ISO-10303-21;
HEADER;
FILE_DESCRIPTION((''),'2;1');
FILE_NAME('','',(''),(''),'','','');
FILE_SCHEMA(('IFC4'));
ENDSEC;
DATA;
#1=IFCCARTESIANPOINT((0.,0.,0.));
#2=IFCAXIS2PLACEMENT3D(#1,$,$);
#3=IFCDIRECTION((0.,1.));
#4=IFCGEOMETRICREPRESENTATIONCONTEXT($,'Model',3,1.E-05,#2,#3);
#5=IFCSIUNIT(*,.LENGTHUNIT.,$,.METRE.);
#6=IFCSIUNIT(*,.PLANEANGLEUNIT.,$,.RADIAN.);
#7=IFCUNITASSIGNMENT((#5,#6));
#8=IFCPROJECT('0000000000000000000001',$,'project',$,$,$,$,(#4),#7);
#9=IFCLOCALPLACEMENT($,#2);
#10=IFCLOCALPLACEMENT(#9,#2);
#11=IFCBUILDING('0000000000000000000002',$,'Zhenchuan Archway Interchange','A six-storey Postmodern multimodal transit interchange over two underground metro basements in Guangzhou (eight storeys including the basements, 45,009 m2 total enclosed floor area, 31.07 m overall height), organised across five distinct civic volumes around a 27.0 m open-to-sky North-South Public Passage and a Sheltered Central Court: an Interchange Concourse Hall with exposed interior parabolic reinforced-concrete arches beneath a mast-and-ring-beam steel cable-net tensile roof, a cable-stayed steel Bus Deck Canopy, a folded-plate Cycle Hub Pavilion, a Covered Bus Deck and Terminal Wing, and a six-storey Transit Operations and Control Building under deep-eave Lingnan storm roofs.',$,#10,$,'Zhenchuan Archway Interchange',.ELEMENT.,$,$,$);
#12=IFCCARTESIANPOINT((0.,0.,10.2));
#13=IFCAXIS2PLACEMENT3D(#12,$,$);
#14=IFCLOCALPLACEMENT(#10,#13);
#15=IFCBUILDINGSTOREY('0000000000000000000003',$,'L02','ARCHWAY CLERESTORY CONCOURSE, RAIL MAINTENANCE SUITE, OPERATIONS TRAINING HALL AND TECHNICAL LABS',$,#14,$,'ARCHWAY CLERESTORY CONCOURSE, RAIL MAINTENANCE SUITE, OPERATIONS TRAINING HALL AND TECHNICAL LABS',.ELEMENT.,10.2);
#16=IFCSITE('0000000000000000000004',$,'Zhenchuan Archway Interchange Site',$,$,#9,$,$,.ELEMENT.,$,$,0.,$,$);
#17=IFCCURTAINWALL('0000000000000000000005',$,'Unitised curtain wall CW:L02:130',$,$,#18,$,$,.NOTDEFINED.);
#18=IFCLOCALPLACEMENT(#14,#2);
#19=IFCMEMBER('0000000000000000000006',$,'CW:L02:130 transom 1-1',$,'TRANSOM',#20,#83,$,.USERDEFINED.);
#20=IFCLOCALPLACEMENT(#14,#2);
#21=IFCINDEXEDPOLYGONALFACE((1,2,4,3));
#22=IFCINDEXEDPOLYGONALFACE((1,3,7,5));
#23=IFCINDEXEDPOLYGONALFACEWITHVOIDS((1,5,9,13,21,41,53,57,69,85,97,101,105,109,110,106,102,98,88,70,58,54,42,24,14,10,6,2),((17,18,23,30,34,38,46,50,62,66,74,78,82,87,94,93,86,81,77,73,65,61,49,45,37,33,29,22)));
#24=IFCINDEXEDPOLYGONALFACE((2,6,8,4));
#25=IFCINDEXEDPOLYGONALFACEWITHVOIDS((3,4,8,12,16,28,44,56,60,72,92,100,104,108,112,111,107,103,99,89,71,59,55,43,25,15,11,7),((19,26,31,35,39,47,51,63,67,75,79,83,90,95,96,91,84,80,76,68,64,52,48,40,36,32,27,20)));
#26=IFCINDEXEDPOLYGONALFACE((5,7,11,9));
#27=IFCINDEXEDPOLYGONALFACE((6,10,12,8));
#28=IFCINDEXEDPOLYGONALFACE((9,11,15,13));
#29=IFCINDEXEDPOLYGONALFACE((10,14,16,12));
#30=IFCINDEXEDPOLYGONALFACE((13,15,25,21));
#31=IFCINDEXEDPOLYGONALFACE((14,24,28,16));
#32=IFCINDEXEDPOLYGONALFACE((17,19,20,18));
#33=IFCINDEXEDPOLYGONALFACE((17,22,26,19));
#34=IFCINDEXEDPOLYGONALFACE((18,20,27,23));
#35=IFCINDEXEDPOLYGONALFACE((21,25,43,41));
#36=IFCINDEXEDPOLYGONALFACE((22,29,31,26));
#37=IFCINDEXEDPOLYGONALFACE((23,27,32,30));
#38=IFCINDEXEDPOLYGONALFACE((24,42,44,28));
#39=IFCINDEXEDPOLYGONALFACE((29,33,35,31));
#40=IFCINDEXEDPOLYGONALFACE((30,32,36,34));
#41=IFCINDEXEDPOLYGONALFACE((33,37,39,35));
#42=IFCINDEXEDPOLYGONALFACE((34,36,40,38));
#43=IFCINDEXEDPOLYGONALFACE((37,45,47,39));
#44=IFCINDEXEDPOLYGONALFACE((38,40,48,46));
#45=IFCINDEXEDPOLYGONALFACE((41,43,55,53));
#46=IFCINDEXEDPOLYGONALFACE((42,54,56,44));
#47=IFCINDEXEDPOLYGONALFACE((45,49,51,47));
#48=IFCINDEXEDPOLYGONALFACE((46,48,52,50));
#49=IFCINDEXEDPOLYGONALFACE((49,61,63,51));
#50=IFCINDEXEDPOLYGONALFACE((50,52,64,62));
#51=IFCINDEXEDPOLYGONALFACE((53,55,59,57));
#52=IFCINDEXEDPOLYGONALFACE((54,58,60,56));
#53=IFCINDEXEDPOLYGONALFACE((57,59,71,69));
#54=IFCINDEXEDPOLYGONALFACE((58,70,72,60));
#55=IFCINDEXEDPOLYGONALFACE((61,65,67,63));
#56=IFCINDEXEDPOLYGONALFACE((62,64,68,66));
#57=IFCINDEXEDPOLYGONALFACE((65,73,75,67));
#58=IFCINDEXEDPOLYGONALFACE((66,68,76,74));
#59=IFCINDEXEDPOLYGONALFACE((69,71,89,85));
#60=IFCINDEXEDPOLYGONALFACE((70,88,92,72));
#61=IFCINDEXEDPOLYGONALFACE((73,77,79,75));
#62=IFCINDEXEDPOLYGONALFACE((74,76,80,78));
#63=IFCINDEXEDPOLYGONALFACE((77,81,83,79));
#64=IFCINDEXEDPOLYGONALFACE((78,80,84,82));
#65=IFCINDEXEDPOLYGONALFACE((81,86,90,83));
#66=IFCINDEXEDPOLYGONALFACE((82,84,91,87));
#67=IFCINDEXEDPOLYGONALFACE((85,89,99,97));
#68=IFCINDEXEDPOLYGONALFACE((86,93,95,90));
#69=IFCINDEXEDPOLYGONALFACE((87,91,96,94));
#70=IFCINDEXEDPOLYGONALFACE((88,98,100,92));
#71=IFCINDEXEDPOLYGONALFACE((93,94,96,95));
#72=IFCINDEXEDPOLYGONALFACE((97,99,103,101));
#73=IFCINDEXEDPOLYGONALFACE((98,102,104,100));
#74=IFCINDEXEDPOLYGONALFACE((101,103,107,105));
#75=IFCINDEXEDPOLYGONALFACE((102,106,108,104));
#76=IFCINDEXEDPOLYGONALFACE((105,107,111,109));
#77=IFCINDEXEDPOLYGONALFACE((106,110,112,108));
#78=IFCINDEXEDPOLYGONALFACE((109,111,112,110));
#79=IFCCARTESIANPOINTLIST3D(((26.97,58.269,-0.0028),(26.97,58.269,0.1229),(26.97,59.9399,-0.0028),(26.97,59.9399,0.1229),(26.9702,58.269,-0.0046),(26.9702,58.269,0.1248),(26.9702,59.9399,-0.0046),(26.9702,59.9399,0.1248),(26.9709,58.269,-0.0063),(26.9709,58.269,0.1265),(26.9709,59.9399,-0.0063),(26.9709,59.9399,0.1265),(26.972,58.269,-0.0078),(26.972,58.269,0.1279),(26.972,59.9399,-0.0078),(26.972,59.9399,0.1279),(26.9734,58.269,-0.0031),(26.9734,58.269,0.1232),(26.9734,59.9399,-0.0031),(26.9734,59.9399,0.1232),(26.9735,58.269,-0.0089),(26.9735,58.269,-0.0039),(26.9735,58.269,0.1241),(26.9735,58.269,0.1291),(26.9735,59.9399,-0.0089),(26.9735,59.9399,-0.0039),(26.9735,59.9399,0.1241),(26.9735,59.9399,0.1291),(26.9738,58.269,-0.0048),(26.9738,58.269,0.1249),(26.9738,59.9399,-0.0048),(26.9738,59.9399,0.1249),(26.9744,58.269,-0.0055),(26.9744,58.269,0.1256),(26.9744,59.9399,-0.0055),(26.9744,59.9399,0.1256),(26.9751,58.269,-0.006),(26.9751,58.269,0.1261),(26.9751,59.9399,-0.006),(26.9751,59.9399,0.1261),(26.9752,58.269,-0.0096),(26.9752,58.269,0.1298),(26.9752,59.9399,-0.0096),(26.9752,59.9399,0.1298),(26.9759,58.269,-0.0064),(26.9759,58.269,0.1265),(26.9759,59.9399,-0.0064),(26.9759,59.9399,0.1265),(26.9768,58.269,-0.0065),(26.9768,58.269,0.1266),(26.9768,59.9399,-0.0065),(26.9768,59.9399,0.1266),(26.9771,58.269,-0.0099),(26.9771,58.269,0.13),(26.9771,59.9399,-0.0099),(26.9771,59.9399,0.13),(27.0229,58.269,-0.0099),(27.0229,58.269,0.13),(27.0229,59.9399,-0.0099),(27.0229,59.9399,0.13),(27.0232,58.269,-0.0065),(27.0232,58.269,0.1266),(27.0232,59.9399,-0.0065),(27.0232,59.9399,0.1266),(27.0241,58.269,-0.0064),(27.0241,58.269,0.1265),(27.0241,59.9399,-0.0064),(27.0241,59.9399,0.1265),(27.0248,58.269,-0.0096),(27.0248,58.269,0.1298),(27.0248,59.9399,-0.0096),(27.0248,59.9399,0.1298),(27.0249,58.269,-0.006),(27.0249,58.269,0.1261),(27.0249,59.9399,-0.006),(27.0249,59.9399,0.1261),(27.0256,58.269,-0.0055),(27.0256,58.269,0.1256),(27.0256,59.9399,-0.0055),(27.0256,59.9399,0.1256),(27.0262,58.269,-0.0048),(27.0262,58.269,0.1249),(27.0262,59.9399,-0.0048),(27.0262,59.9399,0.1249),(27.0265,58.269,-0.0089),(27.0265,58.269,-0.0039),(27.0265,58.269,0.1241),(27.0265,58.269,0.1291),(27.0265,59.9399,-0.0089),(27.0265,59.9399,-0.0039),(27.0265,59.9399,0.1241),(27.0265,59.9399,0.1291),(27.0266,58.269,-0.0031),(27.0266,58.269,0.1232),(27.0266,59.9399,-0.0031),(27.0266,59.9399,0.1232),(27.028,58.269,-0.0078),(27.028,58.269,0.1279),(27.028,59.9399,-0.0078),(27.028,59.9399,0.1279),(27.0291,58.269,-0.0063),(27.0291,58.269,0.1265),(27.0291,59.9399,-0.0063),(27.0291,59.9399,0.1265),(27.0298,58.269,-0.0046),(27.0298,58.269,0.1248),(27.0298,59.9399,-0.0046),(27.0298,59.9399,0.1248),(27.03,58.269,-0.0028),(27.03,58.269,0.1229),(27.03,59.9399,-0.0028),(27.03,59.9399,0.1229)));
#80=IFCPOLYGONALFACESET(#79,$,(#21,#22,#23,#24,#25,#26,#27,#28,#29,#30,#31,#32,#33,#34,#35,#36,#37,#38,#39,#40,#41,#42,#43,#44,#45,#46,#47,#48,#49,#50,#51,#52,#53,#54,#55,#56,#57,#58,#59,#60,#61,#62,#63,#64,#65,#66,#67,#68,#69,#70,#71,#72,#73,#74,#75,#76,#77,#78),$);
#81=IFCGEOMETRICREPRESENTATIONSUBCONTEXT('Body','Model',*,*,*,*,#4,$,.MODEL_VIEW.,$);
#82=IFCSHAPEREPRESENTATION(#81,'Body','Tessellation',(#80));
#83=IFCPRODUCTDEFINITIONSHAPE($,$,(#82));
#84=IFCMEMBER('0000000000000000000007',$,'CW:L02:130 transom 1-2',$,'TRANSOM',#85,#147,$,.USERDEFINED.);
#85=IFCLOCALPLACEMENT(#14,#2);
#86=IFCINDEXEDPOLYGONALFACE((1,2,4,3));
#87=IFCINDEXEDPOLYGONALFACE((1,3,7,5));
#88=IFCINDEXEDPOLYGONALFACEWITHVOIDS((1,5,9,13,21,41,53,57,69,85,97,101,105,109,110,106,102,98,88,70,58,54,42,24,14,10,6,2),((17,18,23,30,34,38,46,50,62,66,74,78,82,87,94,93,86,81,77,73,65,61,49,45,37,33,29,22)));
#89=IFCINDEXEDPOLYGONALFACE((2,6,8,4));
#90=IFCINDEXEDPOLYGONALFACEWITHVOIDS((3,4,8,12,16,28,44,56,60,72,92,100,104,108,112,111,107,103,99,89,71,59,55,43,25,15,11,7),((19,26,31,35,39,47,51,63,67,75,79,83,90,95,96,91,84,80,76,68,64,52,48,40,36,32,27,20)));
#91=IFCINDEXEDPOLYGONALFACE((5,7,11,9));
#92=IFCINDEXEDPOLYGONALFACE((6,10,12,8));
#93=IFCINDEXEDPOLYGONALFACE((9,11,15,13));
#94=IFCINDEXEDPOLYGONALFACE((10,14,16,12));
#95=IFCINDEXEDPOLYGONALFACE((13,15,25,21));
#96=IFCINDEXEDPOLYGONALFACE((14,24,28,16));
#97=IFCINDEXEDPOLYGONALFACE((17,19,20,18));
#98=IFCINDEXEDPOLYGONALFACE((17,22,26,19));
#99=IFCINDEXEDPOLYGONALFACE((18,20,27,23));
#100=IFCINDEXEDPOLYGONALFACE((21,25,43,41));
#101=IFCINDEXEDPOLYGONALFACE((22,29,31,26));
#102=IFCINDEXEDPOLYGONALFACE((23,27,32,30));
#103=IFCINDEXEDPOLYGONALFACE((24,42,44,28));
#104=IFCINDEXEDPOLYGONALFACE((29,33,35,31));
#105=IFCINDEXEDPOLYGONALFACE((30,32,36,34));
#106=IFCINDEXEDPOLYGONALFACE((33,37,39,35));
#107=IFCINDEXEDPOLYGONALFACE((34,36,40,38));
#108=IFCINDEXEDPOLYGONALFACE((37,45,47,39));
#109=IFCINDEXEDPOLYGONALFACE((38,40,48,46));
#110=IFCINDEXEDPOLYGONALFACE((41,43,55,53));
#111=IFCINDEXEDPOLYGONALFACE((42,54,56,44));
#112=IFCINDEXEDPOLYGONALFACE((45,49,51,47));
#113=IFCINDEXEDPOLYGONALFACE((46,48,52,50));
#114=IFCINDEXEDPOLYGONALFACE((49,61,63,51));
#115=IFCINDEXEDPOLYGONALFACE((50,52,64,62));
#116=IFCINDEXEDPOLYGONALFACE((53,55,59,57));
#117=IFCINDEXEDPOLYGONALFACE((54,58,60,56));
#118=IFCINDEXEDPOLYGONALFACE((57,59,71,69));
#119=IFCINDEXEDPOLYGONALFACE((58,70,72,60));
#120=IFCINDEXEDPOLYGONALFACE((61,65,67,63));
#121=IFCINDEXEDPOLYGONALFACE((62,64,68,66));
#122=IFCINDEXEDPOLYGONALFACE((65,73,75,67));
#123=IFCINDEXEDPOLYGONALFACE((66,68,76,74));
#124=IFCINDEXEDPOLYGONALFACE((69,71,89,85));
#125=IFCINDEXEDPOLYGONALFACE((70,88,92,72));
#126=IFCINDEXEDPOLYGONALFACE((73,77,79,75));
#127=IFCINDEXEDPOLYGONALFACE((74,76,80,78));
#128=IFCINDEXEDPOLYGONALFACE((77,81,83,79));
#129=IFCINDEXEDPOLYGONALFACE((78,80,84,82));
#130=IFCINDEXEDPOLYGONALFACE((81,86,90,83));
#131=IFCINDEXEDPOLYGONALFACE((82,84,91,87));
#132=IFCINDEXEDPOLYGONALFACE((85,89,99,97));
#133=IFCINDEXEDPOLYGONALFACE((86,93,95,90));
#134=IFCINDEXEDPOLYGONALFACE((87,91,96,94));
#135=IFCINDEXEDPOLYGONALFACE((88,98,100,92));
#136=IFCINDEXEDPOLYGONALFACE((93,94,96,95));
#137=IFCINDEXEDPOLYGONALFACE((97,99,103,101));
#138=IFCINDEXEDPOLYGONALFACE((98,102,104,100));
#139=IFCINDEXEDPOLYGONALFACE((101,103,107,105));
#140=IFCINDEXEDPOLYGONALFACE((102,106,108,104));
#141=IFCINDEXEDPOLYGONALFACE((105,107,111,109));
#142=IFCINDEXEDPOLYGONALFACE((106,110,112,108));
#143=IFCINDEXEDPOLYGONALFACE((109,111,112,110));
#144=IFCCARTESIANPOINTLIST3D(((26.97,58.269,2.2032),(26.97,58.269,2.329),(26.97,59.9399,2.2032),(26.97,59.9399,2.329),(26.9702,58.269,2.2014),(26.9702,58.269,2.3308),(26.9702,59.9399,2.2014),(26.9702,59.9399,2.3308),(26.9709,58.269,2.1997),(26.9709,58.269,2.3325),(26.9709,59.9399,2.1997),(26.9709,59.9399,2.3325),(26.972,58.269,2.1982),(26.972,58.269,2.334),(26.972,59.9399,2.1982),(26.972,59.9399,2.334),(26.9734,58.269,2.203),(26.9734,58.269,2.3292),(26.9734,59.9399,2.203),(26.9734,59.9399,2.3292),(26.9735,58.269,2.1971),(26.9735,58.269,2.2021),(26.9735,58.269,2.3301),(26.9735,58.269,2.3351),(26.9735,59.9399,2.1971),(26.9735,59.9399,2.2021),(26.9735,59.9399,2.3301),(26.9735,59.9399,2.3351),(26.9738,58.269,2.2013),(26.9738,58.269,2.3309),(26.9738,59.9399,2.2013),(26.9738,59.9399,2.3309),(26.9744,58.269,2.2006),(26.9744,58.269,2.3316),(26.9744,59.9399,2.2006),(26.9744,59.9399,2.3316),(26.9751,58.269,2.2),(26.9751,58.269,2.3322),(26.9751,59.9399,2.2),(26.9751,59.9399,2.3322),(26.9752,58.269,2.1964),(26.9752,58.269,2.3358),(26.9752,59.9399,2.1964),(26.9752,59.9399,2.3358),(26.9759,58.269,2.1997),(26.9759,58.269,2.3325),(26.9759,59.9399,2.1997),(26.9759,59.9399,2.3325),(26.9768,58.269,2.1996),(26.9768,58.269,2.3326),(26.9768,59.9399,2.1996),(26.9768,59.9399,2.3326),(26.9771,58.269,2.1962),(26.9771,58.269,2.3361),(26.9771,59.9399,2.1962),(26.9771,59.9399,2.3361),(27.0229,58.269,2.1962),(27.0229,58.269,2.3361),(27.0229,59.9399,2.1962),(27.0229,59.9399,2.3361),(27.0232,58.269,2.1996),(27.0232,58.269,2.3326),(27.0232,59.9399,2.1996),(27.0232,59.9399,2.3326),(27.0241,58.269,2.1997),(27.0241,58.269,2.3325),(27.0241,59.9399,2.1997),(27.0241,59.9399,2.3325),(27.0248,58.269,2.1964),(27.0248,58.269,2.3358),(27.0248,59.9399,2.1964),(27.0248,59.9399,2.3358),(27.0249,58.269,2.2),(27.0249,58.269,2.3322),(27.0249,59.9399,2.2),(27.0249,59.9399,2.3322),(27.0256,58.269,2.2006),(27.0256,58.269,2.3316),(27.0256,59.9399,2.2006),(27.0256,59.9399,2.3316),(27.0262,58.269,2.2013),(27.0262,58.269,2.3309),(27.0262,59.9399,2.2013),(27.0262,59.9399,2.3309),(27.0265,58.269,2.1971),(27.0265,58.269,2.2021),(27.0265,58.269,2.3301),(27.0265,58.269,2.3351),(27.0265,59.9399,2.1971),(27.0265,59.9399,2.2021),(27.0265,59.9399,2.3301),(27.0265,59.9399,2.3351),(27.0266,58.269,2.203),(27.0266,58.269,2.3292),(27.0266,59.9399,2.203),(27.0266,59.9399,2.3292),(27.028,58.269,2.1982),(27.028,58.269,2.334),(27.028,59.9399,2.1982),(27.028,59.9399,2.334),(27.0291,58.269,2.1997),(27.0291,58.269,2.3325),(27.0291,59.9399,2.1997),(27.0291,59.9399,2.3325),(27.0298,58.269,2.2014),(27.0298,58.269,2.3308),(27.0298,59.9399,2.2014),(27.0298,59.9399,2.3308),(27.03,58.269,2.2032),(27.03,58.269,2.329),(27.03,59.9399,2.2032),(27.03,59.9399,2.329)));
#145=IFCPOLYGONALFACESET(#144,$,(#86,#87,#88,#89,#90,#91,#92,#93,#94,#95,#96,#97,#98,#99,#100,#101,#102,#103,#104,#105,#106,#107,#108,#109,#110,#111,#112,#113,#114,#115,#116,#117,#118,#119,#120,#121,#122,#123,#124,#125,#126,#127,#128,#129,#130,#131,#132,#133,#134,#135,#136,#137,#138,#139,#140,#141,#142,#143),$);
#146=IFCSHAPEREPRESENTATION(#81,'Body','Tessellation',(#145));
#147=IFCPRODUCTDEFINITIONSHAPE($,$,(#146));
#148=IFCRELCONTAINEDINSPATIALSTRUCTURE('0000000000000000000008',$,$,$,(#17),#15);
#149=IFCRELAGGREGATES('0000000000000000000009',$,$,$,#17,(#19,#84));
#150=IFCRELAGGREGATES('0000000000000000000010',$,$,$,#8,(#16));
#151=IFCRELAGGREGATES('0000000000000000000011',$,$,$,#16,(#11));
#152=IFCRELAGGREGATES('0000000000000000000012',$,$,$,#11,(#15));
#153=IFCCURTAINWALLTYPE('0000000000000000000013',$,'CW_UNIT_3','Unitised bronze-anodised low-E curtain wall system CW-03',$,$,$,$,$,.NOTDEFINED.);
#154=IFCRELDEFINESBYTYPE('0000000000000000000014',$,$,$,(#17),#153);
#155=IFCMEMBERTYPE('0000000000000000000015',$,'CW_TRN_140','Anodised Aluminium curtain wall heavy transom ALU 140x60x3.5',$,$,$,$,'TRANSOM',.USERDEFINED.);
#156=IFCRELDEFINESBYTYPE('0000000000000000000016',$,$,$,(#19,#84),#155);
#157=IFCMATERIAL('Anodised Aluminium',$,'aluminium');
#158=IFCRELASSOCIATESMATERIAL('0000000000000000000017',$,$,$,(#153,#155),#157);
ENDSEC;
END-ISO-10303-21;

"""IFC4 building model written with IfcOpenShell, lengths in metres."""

from ifc_helpers import new_model, si_unit, direction, frame, origin, origin_2d, place, context, subcontext, project, spatial, hollow_rectangle, extrude, material, material_profile, profile_set, type_object, element, aggregate, save


model = new_model("IFC4")

# Units and contexts
model_context = context("Model", 3, precision=1e-05, world=origin(), true_north=direction((0.0, 1.0)))
body_context = subcontext(model_context, "Body", "Model", "MODEL_VIEW")
ifc_project = project(units=[si_unit("LENGTHUNIT", "METRE"), si_unit("PLANEANGLEUNIT", "RADIAN")], contexts=[model_context])

# Site, building, storey
site_placement = place(None, origin())
site = spatial("IfcSite", under=ifc_project, at=site_placement, Name="Zhenchuan Archway Interchange Site", CompositionType="ELEMENT", RefElevation=0.0)
building_placement = place(site_placement, origin())
building = spatial("IfcBuilding", under=site, at=building_placement, Name="Zhenchuan Archway Interchange", Description="A six-storey Postmodern multimodal transit interchange over two underground metro basements in Guangzhou (eight storeys including the basements, 45,009 m2 total enclosed floor area, 31.07 m overall height), organised across five distinct civic volumes around a 27.0 m open-to-sky North-South Public Passage and a Sheltered Central Court: an Interchange Concourse Hall with exposed interior parabolic reinforced-concrete arches beneath a mast-and-ring-beam steel cable-net tensile roof, a cable-stayed steel Bus Deck Canopy, a folded-plate Cycle Hub Pavilion, a Covered Bus Deck and Terminal Wing, and a six-storey Transit Operations and Control Building under deep-eave Lingnan storm roofs.", LongName="Zhenchuan Archway Interchange", CompositionType="ELEMENT")
storey_placement = place(building_placement, frame((0.0, 0.0, 10.2)))
storey = spatial("IfcBuildingStorey", under=building, at=storey_placement, Name="L02", Description="ARCHWAY CLERESTORY CONCOURSE, RAIL MAINTENANCE SUITE, OPERATIONS TRAINING HALL AND TECHNICAL LABS", LongName="ARCHWAY CLERESTORY CONCOURSE, RAIL MAINTENANCE SUITE, OPERATIONS TRAINING HALL AND TECHNICAL LABS", CompositionType="ELEMENT", Elevation=10.2)

# Shared definitions
ifc_material_1 = material(Name="Anodised Aluminium", Category="aluminium")

# Curtain wall
curtain_wall_type_1 = type_object("IfcCurtainWallType", Name="CW_UNIT_3", Description="Unitised bronze-anodised low-E curtain wall system CW-03", PredefinedType="NOTDEFINED", material=ifc_material_1)
curtain_wall_1_placement = place(storey_placement, origin())
curtain_wall_1 = element("IfcCurtainWall", 1, at=curtain_wall_1_placement, inside=storey, type_object=curtain_wall_type_1, Name="Unitised curtain wall CW:L02:130", PredefinedType="NOTDEFINED")

# Members
ifc_material_profile_1 = material_profile(ifc_material_1, hollow_rectangle(XDim=0.0601, YDim=0.1399, WallThickness=0.0034, InnerFilletRadius=0.0034, OuterFilletRadius=0.0071, at=origin_2d()), Name="ALU 140x60x3.5")
ifc_profile_set_1 = profile_set([ifc_material_profile_1], Name="Anodised Aluminium")
member_type_1 = type_object("IfcMemberType", Name="CW_TRN_140", Description="Anodised Aluminium curtain wall heavy transom ALU 140x60x3.5", ElementType="TRANSOM", PredefinedType="USERDEFINED", material=ifc_profile_set_1)
member_1_placement = place(storey_placement, frame((27.0, 58.269, 0.0601), z_axis=(0.0, 1.0, 0.0), x_axis=(-1.0, 0.0, 0.0)))
member_1 = element("IfcMember", 2, at=member_1_placement, type_object=member_type_1, Name="CW:L02:130 transom 1-1", ObjectType="TRANSOM", PredefinedType="USERDEFINED", context=body_context, shape_type="SweptSolid", body=[
    extrude(hollow_rectangle(XDim=0.0601, YDim=0.1399, WallThickness=0.0034, InnerFilletRadius=0.0034, OuterFilletRadius=0.0071, at=origin_2d()), origin(), (0.0, 0.0, 1.0), 1.6709),
])
member_2_placement = place(storey_placement, frame((27.0, 58.269, 2.2661), z_axis=(0.0, 1.0, 0.0), x_axis=(-1.0, 0.0, 0.0)))
member_2 = element("IfcMember", 3, at=member_2_placement, type_object=member_type_1, Name="CW:L02:130 transom 1-2", ObjectType="TRANSOM", PredefinedType="USERDEFINED", context=body_context, shape_type="SweptSolid", body=[
    extrude(hollow_rectangle(XDim=0.0601, YDim=0.1399, WallThickness=0.0034, InnerFilletRadius=0.0034, OuterFilletRadius=0.0071, at=origin_2d()), origin(), (0.0, 0.0, 1.0), 1.6709),
])

aggregate(curtain_wall_1, [member_1, member_2])

save(model, "model.ifc")
